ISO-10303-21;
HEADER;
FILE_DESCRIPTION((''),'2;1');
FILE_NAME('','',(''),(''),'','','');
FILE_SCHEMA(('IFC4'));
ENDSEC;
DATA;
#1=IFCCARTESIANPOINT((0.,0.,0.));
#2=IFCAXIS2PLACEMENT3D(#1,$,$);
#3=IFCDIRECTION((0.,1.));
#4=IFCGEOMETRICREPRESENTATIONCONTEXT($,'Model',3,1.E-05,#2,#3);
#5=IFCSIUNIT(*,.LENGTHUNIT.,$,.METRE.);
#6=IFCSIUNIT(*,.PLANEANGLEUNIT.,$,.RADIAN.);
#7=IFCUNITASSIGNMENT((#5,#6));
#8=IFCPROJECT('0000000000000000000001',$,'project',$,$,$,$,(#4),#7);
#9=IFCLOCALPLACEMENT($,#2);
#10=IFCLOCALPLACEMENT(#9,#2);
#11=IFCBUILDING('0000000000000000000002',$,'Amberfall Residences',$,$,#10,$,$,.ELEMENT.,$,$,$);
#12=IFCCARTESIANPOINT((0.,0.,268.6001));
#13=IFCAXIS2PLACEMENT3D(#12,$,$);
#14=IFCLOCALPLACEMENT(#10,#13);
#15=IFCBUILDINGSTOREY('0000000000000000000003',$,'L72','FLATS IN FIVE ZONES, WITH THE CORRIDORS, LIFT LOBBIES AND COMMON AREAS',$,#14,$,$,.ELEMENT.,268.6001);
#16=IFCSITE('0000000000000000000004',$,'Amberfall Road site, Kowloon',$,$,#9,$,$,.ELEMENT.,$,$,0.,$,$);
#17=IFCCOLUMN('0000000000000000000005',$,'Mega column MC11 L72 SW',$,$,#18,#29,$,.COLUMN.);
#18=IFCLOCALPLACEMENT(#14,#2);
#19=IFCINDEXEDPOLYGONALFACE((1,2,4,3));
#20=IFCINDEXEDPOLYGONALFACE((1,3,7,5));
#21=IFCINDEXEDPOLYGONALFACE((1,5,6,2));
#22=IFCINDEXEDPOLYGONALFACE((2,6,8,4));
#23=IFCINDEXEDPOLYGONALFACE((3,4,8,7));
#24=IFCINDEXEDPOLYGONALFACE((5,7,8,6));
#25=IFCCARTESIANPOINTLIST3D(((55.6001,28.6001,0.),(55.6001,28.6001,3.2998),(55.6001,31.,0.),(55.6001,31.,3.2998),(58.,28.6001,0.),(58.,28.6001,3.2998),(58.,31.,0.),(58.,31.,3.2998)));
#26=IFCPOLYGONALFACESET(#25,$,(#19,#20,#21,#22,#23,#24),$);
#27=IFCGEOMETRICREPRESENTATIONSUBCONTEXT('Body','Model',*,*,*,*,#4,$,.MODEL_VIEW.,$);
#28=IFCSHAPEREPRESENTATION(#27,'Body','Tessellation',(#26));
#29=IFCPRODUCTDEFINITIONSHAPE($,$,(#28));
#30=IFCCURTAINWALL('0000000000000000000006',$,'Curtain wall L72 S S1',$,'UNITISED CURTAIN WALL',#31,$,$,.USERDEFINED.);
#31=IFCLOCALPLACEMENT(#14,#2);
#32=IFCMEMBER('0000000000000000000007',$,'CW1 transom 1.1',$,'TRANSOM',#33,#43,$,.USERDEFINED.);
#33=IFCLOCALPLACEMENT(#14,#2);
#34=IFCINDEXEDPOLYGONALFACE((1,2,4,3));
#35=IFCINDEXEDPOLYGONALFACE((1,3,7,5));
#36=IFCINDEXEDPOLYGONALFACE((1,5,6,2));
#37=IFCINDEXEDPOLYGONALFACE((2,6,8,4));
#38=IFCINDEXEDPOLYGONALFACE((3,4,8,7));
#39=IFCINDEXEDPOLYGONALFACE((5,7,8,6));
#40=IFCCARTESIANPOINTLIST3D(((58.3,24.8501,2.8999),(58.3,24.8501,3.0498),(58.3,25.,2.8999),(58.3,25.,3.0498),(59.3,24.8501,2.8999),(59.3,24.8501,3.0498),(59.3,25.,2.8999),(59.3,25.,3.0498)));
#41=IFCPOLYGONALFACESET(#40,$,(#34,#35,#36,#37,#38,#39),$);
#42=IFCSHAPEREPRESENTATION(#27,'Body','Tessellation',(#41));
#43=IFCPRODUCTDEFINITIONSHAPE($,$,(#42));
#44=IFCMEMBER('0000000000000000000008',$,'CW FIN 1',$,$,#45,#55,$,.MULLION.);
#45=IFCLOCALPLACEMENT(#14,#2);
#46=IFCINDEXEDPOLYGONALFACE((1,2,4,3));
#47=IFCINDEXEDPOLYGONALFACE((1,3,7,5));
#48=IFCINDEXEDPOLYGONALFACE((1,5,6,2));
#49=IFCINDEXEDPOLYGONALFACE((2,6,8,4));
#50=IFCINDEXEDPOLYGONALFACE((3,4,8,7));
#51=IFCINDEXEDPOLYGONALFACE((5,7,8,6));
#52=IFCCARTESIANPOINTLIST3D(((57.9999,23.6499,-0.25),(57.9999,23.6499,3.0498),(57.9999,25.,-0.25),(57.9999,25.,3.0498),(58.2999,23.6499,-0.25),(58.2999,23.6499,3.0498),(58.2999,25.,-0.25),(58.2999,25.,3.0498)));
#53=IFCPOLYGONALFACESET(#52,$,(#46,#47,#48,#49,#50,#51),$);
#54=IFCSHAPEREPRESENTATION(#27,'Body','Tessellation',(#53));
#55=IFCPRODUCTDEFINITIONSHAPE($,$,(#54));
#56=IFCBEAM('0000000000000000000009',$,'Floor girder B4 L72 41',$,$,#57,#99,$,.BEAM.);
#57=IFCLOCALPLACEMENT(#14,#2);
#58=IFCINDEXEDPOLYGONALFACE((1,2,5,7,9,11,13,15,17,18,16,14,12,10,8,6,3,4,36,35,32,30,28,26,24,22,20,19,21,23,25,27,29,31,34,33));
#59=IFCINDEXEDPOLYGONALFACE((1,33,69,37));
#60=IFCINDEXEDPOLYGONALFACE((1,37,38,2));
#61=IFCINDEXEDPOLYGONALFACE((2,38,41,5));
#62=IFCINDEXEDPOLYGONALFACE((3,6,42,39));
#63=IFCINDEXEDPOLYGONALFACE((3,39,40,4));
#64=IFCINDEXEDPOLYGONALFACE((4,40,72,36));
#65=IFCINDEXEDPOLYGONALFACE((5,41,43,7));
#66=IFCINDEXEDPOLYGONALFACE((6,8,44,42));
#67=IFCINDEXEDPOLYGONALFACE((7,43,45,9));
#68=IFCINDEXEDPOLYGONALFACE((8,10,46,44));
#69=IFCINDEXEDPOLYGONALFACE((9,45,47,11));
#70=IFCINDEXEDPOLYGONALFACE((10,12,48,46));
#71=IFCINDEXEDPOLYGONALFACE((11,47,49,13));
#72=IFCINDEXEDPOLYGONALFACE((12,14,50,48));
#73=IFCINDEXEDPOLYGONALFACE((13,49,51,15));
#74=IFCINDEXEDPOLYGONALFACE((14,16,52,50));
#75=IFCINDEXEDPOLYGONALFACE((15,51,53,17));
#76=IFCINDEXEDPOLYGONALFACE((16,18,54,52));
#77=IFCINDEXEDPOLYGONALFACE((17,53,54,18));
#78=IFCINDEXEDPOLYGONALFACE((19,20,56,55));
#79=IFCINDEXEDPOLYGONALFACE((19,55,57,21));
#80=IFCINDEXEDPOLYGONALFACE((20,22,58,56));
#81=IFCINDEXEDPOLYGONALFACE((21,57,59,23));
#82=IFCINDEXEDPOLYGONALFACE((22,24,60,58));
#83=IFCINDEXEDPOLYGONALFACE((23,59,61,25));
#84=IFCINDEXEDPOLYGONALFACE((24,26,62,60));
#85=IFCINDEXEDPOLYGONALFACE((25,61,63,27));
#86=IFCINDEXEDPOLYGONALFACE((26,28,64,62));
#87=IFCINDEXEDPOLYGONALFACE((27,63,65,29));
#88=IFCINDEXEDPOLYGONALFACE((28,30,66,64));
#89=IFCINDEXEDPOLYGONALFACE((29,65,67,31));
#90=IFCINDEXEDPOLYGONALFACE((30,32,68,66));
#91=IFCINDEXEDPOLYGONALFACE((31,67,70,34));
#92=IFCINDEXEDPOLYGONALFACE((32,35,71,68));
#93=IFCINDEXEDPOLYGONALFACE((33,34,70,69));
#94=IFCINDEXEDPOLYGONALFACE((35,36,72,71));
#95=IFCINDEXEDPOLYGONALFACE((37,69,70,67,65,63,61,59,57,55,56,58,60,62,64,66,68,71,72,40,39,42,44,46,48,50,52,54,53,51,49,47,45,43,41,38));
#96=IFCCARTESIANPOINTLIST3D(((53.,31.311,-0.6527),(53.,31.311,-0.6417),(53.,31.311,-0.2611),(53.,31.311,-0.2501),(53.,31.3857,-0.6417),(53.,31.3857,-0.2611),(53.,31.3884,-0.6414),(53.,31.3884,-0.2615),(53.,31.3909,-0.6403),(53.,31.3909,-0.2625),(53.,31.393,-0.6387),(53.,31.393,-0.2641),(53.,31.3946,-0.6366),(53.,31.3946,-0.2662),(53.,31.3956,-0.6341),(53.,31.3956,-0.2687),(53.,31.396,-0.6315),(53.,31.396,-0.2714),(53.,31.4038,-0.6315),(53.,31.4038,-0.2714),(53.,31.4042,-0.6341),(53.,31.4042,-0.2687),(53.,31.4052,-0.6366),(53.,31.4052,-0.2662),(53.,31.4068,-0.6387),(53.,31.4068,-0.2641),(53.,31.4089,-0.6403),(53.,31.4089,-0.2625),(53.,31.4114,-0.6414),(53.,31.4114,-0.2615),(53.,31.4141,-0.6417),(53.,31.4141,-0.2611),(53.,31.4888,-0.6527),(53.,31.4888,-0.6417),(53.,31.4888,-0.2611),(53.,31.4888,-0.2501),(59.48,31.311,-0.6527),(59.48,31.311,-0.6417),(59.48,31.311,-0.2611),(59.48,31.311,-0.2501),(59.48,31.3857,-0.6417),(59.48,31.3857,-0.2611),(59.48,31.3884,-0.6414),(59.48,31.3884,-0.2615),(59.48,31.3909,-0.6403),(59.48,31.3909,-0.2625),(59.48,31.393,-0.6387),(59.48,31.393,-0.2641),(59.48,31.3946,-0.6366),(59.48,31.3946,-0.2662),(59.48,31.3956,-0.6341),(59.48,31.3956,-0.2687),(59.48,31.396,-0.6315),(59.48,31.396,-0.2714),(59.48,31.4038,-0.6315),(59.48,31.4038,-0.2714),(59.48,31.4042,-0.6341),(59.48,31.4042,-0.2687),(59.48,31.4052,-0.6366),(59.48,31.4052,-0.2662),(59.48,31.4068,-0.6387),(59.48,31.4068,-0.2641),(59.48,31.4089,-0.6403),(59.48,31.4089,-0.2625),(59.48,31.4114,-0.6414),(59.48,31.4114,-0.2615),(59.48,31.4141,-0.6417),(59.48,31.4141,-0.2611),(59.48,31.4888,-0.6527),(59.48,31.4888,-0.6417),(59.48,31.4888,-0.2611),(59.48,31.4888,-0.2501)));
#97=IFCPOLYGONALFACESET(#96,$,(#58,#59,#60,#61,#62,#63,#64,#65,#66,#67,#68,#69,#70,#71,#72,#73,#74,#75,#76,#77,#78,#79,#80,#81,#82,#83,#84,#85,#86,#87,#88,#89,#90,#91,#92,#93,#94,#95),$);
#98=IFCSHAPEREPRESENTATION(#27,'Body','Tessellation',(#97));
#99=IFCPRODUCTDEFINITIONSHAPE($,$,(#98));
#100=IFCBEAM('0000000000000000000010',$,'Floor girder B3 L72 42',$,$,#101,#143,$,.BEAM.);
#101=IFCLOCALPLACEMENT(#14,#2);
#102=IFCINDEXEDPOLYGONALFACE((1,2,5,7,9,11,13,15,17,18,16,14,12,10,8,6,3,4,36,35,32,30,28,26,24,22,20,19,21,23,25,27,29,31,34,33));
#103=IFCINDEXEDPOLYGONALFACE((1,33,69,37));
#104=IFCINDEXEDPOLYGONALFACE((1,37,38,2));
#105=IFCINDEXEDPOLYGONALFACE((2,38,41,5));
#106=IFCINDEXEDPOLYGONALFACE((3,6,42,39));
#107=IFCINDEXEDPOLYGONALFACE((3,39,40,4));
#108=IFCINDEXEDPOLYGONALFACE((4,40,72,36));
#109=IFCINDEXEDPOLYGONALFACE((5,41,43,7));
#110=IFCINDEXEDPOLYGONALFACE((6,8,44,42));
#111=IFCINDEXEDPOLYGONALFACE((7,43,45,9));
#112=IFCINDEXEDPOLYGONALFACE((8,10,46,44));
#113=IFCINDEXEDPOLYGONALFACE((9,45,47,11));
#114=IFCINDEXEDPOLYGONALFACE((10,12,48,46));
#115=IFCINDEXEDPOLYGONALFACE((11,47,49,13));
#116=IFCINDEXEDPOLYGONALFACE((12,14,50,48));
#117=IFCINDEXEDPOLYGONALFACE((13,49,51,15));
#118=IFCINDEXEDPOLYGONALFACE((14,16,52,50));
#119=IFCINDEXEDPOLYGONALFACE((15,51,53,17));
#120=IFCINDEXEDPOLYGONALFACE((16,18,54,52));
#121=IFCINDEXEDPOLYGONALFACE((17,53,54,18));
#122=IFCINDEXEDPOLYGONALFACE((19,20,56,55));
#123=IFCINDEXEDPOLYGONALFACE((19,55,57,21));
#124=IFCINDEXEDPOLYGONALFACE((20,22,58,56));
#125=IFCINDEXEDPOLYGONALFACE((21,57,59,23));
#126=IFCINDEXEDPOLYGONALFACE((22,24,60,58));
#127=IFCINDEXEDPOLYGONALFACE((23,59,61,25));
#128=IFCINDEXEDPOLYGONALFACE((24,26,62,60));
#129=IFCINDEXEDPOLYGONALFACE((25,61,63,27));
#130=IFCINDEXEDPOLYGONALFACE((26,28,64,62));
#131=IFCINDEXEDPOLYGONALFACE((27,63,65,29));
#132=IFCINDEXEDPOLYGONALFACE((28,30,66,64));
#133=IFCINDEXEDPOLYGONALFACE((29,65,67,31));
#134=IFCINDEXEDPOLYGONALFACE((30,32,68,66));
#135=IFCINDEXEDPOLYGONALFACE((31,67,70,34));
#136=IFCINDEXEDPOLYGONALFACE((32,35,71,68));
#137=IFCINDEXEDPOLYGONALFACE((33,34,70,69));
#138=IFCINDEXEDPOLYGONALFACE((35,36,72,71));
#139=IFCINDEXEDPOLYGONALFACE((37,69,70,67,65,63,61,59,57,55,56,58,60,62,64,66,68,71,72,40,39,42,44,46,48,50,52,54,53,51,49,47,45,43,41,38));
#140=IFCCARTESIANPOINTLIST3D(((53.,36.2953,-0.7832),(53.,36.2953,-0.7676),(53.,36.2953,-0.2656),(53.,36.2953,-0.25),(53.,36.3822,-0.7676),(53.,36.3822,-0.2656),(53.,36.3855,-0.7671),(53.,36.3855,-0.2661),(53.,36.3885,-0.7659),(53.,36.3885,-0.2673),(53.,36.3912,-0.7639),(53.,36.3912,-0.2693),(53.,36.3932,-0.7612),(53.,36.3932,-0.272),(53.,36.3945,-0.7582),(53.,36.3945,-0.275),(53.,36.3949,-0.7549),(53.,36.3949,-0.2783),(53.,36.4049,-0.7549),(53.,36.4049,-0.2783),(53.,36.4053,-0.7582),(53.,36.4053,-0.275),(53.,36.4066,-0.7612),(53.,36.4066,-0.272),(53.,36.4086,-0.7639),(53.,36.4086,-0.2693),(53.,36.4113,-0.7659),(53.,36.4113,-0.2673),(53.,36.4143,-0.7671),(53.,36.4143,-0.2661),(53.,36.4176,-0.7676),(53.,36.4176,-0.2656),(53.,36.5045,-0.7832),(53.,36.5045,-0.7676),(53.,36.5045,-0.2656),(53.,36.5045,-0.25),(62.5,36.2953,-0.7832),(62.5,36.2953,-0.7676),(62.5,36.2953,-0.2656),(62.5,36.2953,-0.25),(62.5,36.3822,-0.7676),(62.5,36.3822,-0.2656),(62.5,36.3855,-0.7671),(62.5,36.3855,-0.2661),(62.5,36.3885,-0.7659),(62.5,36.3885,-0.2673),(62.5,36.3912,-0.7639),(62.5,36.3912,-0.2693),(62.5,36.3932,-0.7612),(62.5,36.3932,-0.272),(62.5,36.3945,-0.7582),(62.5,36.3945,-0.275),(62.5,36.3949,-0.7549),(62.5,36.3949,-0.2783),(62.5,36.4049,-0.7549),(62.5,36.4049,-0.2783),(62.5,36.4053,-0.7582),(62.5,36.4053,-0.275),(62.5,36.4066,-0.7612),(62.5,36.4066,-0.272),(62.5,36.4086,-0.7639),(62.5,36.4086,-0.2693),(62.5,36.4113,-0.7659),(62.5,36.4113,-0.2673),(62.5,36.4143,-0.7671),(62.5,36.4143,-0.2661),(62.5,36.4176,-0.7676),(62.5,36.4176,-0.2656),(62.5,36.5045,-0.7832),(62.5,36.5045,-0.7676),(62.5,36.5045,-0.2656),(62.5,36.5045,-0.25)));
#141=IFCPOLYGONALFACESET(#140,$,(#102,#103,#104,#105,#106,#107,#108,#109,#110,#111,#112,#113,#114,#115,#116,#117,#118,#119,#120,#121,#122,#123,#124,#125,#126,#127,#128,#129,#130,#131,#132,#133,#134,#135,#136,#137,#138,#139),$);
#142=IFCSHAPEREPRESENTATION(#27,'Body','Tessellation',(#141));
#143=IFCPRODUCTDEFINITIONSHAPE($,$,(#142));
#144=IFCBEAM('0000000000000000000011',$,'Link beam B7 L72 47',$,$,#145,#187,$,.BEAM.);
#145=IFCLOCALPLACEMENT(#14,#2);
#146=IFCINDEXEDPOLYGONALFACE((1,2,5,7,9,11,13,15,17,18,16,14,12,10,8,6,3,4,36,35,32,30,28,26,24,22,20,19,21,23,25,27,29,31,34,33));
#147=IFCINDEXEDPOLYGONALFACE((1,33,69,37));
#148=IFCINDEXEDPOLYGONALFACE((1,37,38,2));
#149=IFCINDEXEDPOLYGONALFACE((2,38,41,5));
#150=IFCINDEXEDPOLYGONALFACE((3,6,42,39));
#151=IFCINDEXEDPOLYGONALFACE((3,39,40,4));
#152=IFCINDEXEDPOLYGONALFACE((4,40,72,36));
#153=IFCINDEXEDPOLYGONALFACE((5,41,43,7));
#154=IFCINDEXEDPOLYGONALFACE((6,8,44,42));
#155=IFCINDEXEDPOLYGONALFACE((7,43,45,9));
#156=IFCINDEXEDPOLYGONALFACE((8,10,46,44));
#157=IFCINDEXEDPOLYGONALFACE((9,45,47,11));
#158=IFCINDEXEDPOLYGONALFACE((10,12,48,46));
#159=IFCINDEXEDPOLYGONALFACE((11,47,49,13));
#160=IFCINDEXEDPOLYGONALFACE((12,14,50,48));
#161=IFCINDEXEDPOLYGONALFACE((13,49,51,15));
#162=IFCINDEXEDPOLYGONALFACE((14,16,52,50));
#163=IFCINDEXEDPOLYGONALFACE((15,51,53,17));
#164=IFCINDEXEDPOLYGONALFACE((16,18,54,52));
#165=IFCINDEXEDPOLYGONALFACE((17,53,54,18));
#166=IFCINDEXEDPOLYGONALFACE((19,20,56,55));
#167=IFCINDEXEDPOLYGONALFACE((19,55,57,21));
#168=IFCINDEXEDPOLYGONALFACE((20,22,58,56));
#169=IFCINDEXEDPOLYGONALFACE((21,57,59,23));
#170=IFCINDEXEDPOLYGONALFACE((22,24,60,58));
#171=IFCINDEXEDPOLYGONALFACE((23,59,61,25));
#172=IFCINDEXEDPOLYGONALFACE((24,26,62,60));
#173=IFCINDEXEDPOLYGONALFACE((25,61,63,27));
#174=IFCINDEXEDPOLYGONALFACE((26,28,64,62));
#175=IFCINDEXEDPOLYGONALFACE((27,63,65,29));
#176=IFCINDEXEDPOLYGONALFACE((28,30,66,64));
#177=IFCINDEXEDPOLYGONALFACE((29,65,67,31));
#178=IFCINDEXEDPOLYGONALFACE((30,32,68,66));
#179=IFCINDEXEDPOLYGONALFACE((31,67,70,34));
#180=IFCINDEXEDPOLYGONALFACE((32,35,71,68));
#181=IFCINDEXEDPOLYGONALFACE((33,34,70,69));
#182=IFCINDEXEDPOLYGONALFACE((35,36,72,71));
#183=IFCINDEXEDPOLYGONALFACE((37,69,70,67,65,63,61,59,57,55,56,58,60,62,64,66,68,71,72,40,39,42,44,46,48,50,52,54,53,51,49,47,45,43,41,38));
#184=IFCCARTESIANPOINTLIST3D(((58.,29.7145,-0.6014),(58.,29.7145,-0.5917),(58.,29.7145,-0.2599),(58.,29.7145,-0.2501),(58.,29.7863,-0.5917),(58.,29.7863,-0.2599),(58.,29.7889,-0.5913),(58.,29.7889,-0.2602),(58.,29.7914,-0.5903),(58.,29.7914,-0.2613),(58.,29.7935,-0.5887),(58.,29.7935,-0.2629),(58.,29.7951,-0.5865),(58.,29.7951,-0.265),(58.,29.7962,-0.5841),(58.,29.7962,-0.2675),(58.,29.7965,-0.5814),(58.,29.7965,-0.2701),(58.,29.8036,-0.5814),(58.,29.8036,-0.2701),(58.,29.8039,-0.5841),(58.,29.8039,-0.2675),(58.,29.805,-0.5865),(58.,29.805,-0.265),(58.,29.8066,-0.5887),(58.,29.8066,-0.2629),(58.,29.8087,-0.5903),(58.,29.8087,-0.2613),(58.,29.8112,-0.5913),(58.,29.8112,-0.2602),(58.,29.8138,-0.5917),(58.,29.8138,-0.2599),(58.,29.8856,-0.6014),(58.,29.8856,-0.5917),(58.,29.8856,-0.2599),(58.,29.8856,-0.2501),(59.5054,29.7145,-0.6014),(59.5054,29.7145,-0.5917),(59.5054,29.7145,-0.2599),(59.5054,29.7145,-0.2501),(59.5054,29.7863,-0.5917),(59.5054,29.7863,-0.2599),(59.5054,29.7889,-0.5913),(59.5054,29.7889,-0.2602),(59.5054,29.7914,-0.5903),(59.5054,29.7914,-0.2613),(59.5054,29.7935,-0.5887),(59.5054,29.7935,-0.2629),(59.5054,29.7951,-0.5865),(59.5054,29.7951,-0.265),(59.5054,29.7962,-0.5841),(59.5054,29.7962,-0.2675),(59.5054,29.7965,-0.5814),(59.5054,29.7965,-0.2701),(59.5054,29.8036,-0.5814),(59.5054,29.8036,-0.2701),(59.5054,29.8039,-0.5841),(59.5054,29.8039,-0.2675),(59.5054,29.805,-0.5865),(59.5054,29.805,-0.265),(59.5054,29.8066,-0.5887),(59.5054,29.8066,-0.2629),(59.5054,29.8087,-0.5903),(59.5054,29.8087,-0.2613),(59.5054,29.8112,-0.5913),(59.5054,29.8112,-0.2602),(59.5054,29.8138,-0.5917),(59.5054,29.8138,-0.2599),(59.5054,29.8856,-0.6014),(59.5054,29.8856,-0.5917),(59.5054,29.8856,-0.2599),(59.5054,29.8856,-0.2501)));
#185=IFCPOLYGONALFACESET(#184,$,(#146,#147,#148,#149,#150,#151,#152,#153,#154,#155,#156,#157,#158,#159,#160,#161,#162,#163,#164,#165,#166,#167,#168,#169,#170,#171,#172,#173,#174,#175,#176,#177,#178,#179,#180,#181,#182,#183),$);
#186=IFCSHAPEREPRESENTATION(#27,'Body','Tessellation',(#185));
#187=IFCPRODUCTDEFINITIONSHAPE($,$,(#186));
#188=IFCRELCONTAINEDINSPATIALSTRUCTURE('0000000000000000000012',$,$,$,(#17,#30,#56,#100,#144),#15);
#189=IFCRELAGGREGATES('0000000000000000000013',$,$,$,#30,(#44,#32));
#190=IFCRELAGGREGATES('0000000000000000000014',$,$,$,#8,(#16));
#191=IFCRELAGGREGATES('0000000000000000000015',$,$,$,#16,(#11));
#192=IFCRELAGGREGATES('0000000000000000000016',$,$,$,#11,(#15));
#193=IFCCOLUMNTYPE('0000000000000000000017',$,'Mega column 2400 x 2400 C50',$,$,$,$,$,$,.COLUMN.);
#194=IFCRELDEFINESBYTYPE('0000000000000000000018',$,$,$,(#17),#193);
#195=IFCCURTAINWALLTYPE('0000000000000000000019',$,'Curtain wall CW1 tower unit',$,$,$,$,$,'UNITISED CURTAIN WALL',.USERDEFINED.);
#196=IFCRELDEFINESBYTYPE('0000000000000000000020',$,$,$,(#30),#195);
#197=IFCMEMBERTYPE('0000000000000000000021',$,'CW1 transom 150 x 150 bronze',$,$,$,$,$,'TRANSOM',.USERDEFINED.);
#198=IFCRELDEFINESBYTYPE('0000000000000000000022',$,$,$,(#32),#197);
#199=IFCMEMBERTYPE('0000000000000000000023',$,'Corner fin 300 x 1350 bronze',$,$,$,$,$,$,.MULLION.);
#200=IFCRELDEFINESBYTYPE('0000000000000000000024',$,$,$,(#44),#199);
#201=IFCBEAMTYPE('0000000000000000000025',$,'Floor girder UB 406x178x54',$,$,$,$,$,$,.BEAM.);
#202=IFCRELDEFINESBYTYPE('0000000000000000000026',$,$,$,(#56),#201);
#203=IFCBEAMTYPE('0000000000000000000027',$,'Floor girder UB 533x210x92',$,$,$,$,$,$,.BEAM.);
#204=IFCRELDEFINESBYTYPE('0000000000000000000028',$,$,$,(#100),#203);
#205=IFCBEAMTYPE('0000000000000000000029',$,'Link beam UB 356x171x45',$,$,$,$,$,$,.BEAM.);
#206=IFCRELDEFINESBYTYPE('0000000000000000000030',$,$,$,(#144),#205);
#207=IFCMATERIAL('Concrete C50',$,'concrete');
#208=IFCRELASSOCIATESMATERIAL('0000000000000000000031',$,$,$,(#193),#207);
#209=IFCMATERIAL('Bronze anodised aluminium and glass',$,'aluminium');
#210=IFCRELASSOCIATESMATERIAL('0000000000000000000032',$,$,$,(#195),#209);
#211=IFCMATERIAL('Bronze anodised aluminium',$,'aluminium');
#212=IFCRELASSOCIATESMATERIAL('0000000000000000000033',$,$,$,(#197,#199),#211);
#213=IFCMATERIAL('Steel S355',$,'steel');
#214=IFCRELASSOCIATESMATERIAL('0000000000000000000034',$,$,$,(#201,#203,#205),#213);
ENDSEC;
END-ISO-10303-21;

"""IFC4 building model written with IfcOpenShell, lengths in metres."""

from ifc_helpers import new_model, si_unit, direction, frame, origin, origin_2d, place, context, subcontext, project, spatial, rectangle, i_section, extrude, material, material_profile, profile_set, type_object, element, aggregate, save


model = new_model("IFC4")

# Units and contexts
model_context = context("Model", 3, precision=1e-05, world=origin(), true_north=direction((0.0, 1.0)))
body_context = subcontext(model_context, "Body", "Model", "MODEL_VIEW")
ifc_project = project(units=[si_unit("LENGTHUNIT", "METRE"), si_unit("PLANEANGLEUNIT", "RADIAN")], contexts=[model_context])

# Site, building, storey
site_placement = place(None, origin())
site = spatial("IfcSite", under=ifc_project, at=site_placement, Name="Amberfall Road site, Kowloon", CompositionType="ELEMENT", RefElevation=0.0)
building_placement = place(site_placement, origin())
building = spatial("IfcBuilding", under=site, at=building_placement, Name="Amberfall Residences", CompositionType="ELEMENT")
storey_placement = place(building_placement, frame((0.0, 0.0, 268.6001)))
storey = spatial("IfcBuildingStorey", under=building, at=storey_placement, Name="L72", Description="FLATS IN FIVE ZONES, WITH THE CORRIDORS, LIFT LOBBIES AND COMMON AREAS", CompositionType="ELEMENT", Elevation=268.6001)

# Column
ifc_material_1 = material(Name="Concrete C50", Category="concrete")
ifc_material_profile_1 = material_profile(ifc_material_1, rectangle(XDim=2.3999, YDim=2.3999, at=origin_2d()), Name="Mega column 2400 x 2400 C50")
ifc_profile_set_1 = profile_set([ifc_material_profile_1], Name="Concrete C50")
column_type = type_object("IfcColumnType", Name="Mega column 2400 x 2400 C50", PredefinedType="COLUMN", material=ifc_profile_set_1)
column_placement = place(storey_placement, frame((56.8, 29.8, 0.0), z_axis=(0.0, 0.0, 1.0), x_axis=(1.0, 0.0, 0.0)))
element("IfcColumn", 1, at=column_placement, inside=storey, type_object=column_type, Name="Mega column MC11 L72 SW", PredefinedType="COLUMN", context=body_context, shape_type="SweptSolid", body=[
    extrude(rectangle(XDim=2.3999, YDim=2.3999, at=origin_2d()), origin(), (0.0, 0.0, 1.0), 3.2998),
])

# Curtain wall, members
ifc_material_2 = material(Name="Bronze anodised aluminium and glass", Category="aluminium")
curtain_wall_type = type_object("IfcCurtainWallType", Name="Curtain wall CW1 tower unit", ElementType="UNITISED CURTAIN WALL", PredefinedType="USERDEFINED", material=ifc_material_2)
curtain_wall_placement = place(storey_placement, origin())
curtain_wall = element("IfcCurtainWall", 2, at=curtain_wall_placement, inside=storey, type_object=curtain_wall_type, Name="Curtain wall L72 S S1", ObjectType="UNITISED CURTAIN WALL", PredefinedType="USERDEFINED")
ifc_material_3 = material(Name="Bronze anodised aluminium", Category="aluminium")
ifc_material_profile_2 = material_profile(ifc_material_3, rectangle(XDim=0.1499, YDim=0.1499, at=origin_2d()), Name="CW1 transom 150 x 150 bronze")
ifc_profile_set_2 = profile_set([ifc_material_profile_2], Name="Bronze anodised aluminium")
member_type_1 = type_object("IfcMemberType", Name="CW1 transom 150 x 150 bronze", ElementType="TRANSOM", PredefinedType="USERDEFINED", material=ifc_profile_set_2)
member_1_placement = place(storey_placement, frame((58.3, 24.925, 2.9749), z_axis=(1.0, 0.0, 0.0), x_axis=(0.0, 1.0, 0.0)))
member_1 = element("IfcMember", 3, at=member_1_placement, type_object=member_type_1, Name="CW1 transom 1.1", ObjectType="TRANSOM", PredefinedType="USERDEFINED", context=body_context, shape_type="SweptSolid", body=[
    extrude(rectangle(XDim=0.1499, YDim=0.1499, at=origin_2d()), origin(), (0.0, 0.0, 1.0), 1.0),
])
ifc_material_profile_3 = material_profile(ifc_material_3, rectangle(XDim=1.3501, YDim=0.3, at=origin_2d()), Name="Corner fin 300 x 1350 bronze")
ifc_profile_set_3 = profile_set([ifc_material_profile_3], Name="Bronze anodised aluminium")
member_type_2 = type_object("IfcMemberType", Name="Corner fin 300 x 1350 bronze", PredefinedType="MULLION", material=ifc_profile_set_3)
member_2_placement = place(storey_placement, frame((58.1499, 24.325, -0.25), z_axis=(0.0, 0.0, 1.0), x_axis=(0.0, 1.0, 0.0)))
member_2 = element("IfcMember", 4, at=member_2_placement, type_object=member_type_2, Name="CW FIN 1", PredefinedType="MULLION", context=body_context, shape_type="SweptSolid", body=[
    extrude(rectangle(XDim=1.3501, YDim=0.3, at=origin_2d()), origin(), (0.0, 0.0, 1.0), 3.2998),
])

# Beams
ifc_material_4 = material(Name="Steel S355", Category="steel")
ifc_material_profile_4 = material_profile(ifc_material_4, i_section(OverallWidth=0.1777, OverallDepth=0.4026, WebThickness=0.0078, FlangeThickness=0.011, FilletRadius=0.0103, at=origin_2d()), Name="UB 406x178x54")
ifc_profile_set_4 = profile_set([ifc_material_profile_4], Name="Steel S355")
beam_type_1 = type_object("IfcBeamType", Name="Floor girder UB 406x178x54", PredefinedType="BEAM", material=ifc_profile_set_4)
beam_1_placement = place(storey_placement, frame((53.0, 31.3999, -0.4514), z_axis=(1.0, 0.0, 0.0), x_axis=(0.0, 1.0, 0.0)))
element("IfcBeam", 5, at=beam_1_placement, inside=storey, type_object=beam_type_1, Name="Floor girder B4 L72 41", PredefinedType="BEAM", context=body_context, shape_type="SweptSolid", body=[
    extrude(i_section(OverallWidth=0.1777, OverallDepth=0.4026, WebThickness=0.0078, FlangeThickness=0.011, FilletRadius=0.0103, at=origin_2d()), origin(), (0.0, 0.0, 1.0), 6.48),
])
ifc_material_profile_5 = material_profile(ifc_material_4, i_section(OverallWidth=0.2092, OverallDepth=0.5332, WebThickness=0.01, FlangeThickness=0.0156, FilletRadius=0.0127, at=origin_2d()), Name="UB 533x210x92")
ifc_profile_set_5 = profile_set([ifc_material_profile_5], Name="Steel S355")
beam_type_2 = type_object("IfcBeamType", Name="Floor girder UB 533x210x92", PredefinedType="BEAM", material=ifc_profile_set_5)
beam_2_placement = place(storey_placement, frame((53.0, 36.3999, -0.5166), z_axis=(1.0, 0.0, 0.0), x_axis=(0.0, 1.0, 0.0)))
element("IfcBeam", 6, at=beam_2_placement, inside=storey, type_object=beam_type_2, Name="Floor girder B3 L72 42", PredefinedType="BEAM", context=body_context, shape_type="SweptSolid", body=[
    extrude(i_section(OverallWidth=0.2092, OverallDepth=0.5332, WebThickness=0.01, FlangeThickness=0.0156, FilletRadius=0.0127, at=origin_2d()), origin(), (0.0, 0.0, 1.0), 9.5),
])
ifc_material_profile_6 = material_profile(ifc_material_4, i_section(OverallWidth=0.1711, OverallDepth=0.3513, WebThickness=0.0071, FlangeThickness=0.0098, FilletRadius=0.0103, at=origin_2d()), Name="UB 356x171x45")
ifc_profile_set_6 = profile_set([ifc_material_profile_6], Name="Steel S355")
beam_type_3 = type_object("IfcBeamType", Name="Link beam UB 356x171x45", PredefinedType="BEAM", material=ifc_profile_set_6)
beam_3_placement = place(storey_placement, frame((58.0, 29.8, -0.4258), z_axis=(1.0, 0.0, 0.0), x_axis=(0.0, 1.0, 0.0)))
element("IfcBeam", 7, at=beam_3_placement, inside=storey, type_object=beam_type_3, Name="Link beam B7 L72 47", PredefinedType="BEAM", context=body_context, shape_type="SweptSolid", body=[
    extrude(i_section(OverallWidth=0.1711, OverallDepth=0.3513, WebThickness=0.0071, FlangeThickness=0.0098, FilletRadius=0.0103, at=origin_2d()), origin(), (0.0, 0.0, 1.0), 1.5054),
])

aggregate(curtain_wall, [member_2, member_1])

save(model, "model.ifc")
